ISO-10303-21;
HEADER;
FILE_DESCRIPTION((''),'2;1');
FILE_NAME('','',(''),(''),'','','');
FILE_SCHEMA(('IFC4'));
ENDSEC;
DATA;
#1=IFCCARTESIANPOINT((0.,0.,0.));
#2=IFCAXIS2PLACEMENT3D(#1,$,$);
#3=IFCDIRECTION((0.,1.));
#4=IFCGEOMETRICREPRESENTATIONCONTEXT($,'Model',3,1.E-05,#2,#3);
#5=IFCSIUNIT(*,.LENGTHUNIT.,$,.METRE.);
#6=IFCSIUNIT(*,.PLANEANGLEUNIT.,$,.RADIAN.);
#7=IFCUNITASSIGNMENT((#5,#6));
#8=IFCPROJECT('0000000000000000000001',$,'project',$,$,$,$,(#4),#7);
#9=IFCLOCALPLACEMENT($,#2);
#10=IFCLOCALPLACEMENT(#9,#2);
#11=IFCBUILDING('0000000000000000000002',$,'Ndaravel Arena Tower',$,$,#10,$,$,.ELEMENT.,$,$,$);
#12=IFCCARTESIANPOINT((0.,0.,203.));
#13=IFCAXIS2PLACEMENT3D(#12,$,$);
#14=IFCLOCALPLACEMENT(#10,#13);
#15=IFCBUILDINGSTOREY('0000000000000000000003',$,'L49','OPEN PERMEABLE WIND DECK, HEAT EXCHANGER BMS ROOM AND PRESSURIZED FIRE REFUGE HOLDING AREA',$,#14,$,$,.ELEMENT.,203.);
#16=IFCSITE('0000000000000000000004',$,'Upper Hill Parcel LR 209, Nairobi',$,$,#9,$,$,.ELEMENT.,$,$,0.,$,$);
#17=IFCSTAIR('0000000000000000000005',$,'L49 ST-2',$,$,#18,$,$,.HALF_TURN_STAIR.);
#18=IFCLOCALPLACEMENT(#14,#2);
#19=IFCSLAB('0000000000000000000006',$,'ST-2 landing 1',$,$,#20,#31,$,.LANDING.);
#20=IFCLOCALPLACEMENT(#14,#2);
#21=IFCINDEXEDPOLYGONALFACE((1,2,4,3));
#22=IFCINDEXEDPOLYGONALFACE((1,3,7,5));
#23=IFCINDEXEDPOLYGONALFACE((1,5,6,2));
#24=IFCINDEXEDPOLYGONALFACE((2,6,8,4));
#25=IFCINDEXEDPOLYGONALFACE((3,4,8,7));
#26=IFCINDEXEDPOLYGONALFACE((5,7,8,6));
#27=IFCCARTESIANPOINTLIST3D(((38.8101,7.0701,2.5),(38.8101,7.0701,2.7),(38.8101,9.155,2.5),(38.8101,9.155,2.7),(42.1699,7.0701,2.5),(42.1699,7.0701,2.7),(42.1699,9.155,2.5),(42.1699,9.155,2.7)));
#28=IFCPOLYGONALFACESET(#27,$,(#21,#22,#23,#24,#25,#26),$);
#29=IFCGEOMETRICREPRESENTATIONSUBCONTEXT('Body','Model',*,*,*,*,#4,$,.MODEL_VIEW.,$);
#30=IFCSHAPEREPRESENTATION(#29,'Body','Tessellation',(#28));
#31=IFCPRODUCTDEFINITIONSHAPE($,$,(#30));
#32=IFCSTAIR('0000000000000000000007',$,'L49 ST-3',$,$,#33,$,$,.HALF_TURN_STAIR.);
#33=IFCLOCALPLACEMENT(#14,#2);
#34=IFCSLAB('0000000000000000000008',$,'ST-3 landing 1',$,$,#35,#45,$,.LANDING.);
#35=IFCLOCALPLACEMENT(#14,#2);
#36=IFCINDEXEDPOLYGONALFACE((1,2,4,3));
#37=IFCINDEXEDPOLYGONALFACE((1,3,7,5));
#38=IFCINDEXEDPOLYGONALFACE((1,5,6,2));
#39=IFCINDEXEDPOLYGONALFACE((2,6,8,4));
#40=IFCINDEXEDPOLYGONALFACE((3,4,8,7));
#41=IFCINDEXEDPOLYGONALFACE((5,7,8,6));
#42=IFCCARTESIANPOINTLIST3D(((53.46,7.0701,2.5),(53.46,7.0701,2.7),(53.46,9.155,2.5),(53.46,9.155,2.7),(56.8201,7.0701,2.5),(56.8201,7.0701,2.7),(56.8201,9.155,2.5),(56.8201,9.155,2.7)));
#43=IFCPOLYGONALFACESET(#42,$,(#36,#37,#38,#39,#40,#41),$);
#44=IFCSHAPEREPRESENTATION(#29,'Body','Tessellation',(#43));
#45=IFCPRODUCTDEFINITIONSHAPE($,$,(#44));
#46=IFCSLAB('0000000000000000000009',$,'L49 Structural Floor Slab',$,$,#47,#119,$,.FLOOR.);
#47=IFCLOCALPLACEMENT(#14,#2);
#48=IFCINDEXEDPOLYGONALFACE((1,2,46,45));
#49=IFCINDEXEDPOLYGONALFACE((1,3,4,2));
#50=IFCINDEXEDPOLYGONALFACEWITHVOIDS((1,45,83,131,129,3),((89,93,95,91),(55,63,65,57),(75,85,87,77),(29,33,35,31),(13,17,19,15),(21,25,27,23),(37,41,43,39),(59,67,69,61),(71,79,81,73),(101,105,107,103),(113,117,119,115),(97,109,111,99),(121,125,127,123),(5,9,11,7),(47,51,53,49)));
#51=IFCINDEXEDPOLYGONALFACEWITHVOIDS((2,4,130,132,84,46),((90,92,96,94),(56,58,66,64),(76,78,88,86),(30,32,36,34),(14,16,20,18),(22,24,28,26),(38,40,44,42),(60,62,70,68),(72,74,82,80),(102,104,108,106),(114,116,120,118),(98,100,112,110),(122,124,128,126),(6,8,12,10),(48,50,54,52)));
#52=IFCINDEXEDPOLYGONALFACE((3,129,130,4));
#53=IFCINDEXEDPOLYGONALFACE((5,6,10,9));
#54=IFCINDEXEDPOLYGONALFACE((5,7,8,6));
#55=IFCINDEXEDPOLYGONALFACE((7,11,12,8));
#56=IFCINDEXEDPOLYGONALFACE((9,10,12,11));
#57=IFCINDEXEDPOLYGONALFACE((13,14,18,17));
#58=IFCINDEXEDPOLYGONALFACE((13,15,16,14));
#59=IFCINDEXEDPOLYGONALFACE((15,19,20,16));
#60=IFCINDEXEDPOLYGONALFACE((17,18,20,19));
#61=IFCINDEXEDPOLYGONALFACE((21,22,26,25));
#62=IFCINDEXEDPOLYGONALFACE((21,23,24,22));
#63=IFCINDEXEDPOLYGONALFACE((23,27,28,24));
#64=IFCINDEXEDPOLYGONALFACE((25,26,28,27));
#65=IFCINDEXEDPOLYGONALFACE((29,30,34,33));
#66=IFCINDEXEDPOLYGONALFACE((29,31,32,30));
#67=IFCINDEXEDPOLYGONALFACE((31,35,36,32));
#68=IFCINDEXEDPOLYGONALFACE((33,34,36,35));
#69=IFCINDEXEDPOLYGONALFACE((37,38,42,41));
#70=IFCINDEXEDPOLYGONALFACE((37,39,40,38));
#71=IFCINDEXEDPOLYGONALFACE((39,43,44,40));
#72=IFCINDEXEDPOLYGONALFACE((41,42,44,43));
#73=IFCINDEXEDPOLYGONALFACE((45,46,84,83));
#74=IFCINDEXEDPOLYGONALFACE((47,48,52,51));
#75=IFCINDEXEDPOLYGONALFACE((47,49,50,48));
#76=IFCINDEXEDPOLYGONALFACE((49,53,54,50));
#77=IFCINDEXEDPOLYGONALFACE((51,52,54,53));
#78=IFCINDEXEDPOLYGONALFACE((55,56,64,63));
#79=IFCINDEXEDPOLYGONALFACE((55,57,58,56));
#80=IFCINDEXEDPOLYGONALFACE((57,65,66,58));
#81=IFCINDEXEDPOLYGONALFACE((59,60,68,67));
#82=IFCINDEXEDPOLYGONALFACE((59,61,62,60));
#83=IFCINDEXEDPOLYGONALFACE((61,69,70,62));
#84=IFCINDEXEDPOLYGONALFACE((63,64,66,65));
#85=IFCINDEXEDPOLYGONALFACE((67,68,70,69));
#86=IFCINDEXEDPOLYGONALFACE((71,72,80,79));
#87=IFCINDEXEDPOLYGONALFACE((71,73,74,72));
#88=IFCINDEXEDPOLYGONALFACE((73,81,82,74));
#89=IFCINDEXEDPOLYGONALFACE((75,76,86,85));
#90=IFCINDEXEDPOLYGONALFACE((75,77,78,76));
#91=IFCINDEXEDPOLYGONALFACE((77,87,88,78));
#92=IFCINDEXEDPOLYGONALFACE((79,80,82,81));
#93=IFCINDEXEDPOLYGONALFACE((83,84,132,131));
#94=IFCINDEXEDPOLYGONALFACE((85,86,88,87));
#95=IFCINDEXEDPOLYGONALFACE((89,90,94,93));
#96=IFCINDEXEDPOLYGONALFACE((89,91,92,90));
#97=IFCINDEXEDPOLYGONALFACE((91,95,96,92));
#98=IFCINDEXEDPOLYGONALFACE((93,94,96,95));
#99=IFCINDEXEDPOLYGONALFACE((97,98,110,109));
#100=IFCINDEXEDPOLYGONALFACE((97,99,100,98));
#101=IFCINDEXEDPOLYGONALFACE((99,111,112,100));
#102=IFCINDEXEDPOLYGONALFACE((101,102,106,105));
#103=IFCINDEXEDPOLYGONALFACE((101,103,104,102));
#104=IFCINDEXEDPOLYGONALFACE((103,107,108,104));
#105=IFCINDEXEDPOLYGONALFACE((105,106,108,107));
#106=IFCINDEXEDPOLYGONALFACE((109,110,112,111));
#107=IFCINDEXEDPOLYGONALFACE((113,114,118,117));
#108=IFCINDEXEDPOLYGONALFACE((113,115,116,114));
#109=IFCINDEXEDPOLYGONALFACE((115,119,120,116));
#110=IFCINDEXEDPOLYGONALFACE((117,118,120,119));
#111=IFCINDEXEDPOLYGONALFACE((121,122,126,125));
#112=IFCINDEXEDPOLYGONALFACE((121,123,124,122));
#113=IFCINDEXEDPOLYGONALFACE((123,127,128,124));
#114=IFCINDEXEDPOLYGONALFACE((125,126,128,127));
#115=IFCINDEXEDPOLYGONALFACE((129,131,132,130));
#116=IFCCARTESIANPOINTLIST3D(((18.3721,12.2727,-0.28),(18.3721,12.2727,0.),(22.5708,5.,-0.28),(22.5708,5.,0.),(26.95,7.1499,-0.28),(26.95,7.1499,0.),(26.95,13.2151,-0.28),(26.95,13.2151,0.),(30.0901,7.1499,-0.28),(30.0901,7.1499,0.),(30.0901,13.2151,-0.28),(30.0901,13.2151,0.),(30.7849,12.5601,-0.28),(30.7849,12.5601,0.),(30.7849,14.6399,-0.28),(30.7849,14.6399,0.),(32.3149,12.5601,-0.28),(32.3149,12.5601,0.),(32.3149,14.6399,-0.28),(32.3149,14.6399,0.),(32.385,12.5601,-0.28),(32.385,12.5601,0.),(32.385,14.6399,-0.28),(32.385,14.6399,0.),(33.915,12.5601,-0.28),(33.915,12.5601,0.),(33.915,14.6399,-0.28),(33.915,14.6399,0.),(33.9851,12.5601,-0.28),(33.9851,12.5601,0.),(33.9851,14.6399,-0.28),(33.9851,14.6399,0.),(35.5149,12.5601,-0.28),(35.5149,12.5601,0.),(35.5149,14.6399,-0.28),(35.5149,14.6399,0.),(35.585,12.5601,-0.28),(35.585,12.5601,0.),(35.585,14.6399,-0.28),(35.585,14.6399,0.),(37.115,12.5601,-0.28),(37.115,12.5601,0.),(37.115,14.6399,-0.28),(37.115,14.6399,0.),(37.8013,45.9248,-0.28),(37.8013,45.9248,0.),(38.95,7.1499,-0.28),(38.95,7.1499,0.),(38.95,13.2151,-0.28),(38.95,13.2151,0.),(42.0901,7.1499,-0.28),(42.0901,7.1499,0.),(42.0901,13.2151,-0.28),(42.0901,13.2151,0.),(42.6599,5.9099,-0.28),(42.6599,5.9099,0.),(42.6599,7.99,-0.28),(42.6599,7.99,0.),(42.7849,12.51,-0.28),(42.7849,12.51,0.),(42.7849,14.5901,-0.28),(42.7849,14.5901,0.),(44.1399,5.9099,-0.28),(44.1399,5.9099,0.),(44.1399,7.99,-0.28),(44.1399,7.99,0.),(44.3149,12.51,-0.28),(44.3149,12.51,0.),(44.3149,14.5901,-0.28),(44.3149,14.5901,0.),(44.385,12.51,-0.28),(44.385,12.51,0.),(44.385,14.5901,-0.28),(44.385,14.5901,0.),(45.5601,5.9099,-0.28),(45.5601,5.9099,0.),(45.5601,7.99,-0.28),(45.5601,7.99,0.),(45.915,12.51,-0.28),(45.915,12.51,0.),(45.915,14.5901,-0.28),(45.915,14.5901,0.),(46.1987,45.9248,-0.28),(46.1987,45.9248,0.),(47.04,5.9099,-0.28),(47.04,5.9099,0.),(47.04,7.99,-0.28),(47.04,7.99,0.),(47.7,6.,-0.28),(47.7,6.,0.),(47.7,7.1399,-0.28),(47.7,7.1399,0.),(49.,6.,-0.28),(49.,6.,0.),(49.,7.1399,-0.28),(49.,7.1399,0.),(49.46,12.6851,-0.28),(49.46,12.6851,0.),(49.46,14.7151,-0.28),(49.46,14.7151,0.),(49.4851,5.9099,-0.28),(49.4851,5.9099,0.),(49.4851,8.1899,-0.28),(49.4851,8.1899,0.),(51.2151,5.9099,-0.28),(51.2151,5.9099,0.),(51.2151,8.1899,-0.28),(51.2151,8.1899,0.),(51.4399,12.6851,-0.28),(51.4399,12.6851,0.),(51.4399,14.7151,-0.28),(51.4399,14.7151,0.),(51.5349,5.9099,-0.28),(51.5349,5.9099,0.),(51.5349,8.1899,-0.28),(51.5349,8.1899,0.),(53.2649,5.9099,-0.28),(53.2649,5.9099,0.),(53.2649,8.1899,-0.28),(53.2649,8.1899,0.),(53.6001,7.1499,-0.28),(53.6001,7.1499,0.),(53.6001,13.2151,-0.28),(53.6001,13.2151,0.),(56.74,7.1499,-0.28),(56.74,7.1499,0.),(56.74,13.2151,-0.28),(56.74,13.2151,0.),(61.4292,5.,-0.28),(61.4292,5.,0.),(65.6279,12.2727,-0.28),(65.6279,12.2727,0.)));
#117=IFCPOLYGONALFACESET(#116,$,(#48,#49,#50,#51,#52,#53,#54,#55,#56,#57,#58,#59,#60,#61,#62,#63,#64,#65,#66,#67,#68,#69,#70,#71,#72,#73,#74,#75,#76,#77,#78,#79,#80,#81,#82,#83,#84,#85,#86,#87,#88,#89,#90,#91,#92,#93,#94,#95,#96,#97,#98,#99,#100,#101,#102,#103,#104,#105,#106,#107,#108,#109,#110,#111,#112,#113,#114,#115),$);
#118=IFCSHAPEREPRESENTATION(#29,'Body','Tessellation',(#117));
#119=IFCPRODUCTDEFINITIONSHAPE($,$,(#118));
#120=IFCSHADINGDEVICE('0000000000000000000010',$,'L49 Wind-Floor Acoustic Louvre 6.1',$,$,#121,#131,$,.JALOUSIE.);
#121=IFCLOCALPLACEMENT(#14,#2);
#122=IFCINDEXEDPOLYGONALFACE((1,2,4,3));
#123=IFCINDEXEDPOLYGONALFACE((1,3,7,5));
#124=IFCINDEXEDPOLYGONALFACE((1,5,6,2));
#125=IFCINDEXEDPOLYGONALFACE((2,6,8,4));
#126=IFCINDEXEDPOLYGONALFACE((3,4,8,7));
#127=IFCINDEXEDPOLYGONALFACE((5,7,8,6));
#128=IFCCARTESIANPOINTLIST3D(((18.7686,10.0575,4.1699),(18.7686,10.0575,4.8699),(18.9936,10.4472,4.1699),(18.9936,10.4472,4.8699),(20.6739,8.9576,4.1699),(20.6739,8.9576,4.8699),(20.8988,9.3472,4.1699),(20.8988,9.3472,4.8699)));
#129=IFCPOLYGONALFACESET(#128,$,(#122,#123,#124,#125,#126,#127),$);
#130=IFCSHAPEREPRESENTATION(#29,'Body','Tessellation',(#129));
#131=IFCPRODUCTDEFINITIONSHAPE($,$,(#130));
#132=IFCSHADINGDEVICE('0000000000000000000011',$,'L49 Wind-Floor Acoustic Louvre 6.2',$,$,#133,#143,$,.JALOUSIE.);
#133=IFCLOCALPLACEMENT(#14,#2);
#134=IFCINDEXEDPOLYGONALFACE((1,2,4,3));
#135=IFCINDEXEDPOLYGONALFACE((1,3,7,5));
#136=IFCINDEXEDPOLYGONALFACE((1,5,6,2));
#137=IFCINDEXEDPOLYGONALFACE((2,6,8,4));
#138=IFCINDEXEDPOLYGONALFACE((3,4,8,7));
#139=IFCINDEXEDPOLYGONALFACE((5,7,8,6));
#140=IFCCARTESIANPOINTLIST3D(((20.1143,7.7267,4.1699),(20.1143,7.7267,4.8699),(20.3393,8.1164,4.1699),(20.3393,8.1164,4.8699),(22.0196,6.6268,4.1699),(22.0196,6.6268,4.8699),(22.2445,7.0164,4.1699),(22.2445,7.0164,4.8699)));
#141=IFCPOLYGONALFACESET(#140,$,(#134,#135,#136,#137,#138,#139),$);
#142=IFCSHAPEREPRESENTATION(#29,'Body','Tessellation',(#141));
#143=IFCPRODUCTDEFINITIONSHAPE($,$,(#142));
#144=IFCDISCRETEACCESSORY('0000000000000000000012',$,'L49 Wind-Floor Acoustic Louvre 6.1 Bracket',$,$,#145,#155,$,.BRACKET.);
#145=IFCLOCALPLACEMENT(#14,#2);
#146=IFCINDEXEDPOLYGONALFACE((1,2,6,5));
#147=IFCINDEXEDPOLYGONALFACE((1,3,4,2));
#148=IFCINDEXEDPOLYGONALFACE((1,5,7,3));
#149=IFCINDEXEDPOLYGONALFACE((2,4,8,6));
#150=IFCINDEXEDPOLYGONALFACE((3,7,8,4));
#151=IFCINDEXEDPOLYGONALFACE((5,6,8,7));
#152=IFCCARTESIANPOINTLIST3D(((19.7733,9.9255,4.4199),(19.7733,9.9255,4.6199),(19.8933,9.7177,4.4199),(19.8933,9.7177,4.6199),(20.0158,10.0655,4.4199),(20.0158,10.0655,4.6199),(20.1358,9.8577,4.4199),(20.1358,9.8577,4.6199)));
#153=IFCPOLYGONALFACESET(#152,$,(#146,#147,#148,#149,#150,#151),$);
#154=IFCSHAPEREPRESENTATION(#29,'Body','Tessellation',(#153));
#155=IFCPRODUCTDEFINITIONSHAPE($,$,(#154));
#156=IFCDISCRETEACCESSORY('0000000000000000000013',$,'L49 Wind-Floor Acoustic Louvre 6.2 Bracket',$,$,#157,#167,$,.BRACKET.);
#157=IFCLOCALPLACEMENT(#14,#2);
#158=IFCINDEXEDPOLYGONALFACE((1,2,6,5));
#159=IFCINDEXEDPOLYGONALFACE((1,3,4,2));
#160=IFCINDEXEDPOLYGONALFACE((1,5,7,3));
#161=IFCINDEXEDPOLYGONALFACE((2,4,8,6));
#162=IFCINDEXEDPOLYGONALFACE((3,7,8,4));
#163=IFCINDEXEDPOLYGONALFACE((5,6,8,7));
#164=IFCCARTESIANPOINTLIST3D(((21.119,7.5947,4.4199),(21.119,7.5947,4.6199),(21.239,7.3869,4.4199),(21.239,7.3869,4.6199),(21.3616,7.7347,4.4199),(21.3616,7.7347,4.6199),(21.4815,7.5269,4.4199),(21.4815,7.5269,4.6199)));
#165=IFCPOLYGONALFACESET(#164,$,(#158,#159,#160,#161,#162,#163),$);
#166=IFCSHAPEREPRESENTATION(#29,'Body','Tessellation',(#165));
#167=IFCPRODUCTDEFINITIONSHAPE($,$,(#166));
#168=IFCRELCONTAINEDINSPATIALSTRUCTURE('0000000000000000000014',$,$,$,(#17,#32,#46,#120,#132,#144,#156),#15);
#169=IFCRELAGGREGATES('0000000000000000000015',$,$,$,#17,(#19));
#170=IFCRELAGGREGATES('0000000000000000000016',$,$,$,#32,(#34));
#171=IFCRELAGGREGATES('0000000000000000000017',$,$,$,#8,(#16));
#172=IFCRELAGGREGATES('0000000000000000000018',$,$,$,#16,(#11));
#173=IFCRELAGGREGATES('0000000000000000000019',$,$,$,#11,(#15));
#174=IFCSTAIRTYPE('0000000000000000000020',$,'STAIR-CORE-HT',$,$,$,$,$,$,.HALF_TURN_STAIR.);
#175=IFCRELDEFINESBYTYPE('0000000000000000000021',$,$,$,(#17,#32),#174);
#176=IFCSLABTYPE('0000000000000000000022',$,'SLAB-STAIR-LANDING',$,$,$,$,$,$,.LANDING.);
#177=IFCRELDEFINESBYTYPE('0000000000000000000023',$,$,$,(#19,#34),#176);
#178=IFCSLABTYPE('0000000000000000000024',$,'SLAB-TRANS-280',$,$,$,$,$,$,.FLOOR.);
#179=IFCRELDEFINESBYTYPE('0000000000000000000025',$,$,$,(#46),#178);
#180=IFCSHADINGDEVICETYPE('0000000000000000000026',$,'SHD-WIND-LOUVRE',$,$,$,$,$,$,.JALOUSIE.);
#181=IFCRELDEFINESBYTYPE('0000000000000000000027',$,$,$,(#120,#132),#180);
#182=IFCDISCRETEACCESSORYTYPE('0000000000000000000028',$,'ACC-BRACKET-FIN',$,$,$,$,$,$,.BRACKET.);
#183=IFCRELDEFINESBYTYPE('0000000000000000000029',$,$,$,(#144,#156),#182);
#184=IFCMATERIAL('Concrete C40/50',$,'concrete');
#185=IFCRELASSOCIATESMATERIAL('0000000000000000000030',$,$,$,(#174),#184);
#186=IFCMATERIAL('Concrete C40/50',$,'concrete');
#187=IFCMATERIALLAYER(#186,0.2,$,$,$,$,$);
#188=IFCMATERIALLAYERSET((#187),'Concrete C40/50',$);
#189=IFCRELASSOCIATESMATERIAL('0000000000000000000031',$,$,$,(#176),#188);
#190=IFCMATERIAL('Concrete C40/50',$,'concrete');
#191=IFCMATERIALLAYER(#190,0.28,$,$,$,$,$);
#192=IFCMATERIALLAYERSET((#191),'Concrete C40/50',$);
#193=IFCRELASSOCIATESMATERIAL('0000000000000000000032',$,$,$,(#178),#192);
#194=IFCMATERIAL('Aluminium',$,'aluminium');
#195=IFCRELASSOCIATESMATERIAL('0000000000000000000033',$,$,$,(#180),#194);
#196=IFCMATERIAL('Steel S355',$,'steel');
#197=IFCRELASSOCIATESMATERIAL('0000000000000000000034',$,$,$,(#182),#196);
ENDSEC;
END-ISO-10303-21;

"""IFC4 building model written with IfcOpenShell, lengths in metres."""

from ifc_helpers import new_model, si_unit, direction, frame, origin, origin_2d, place, context, subcontext, project, spatial, polyline, rectangle, outline, extrude, material, layer, layer_set, type_object, element, aggregate, save


model = new_model("IFC4")

# Units and contexts
model_context = context("Model", 3, precision=1e-05, world=origin(), true_north=direction((0.0, 1.0)))
body_context = subcontext(model_context, "Body", "Model", "MODEL_VIEW")
ifc_project = project(units=[si_unit("LENGTHUNIT", "METRE"), si_unit("PLANEANGLEUNIT", "RADIAN")], contexts=[model_context])

# Site, building, storey
site_placement = place(None, origin())
site = spatial("IfcSite", under=ifc_project, at=site_placement, Name="Upper Hill Parcel LR 209, Nairobi", CompositionType="ELEMENT", RefElevation=0.0)
building_placement = place(site_placement, origin())
building = spatial("IfcBuilding", under=site, at=building_placement, Name="Ndaravel Arena Tower", CompositionType="ELEMENT")
storey_placement = place(building_placement, frame((0.0, 0.0, 203.0)))
storey = spatial("IfcBuildingStorey", under=building, at=storey_placement, Name="L49", Description="OPEN PERMEABLE WIND DECK, HEAT EXCHANGER BMS ROOM AND PRESSURIZED FIRE REFUGE HOLDING AREA", CompositionType="ELEMENT", Elevation=203.0)

# Stairs, slabs
ifc_material_1 = material(Name="Concrete C40/50", Category="concrete")
stair_type = type_object("IfcStairType", Name="STAIR-CORE-HT", PredefinedType="HALF_TURN_STAIR", material=ifc_material_1)
ifc_material_2 = material(Name="Concrete C40/50", Category="concrete")
ifc_layer_1 = layer(ifc_material_2, 0.2)
ifc_layer_set_1 = layer_set([ifc_layer_1], Name="Concrete C40/50")
slab_type_1 = type_object("IfcSlabType", Name="SLAB-STAIR-LANDING", PredefinedType="LANDING", material=ifc_layer_set_1)
stair_1_placement = place(storey_placement, origin())
stair_1 = element("IfcStair", 1, at=stair_1_placement, inside=storey, type_object=stair_type, Name="L49 ST-2", PredefinedType="HALF_TURN_STAIR")
slab_1_placement = place(storey_placement, frame((0.0, 0.0, 2.5)))
slab_1 = element("IfcSlab", 2, at=slab_1_placement, type_object=slab_type_1, Name="ST-2 landing 1", PredefinedType="LANDING", context=body_context, shape_type="SweptSolid", body=[
    extrude(outline(polyline([(38.8101, 9.155), (38.8101, 7.0701), (42.1699, 7.0701), (42.1699, 9.155), (38.8101, 9.155)])), origin(), (0.0, 0.0, 1.0), 0.2),
])
aggregate(stair_1, [slab_1])
stair_2_placement = place(storey_placement, origin())
stair_2 = element("IfcStair", 3, at=stair_2_placement, inside=storey, type_object=stair_type, Name="L49 ST-3", PredefinedType="HALF_TURN_STAIR")
slab_2_placement = place(storey_placement, frame((0.0, 0.0, 2.5)))
slab_2 = element("IfcSlab", 4, at=slab_2_placement, type_object=slab_type_1, Name="ST-3 landing 1", PredefinedType="LANDING", context=body_context, shape_type="SweptSolid", body=[
    extrude(outline(polyline([(53.46, 9.155), (53.46, 7.0701), (56.8201, 7.0701), (56.8201, 9.155), (53.46, 9.155)])), origin(), (0.0, 0.0, 1.0), 0.2),
])
aggregate(stair_2, [slab_2])

# Slab
ifc_material_3 = material(Name="Concrete C40/50", Category="concrete")
ifc_layer_2 = layer(ifc_material_3, 0.28)
ifc_layer_set_2 = layer_set([ifc_layer_2], Name="Concrete C40/50")
slab_type_2 = type_object("IfcSlabType", Name="SLAB-TRANS-280", PredefinedType="FLOOR", material=ifc_layer_set_2)
slab_3_placement = place(storey_placement, frame((0.0, 0.0, -0.28)))
element("IfcSlab", 5, at=slab_3_placement, inside=storey, type_object=slab_type_2, Name="L49 Structural Floor Slab", PredefinedType="FLOOR", context=body_context, shape_type="SweptSolid", body=[
    extrude(outline(polyline([(18.3721, 12.2727), (22.5708, 5.0), (61.4292, 5.0), (65.6279, 12.2727), (46.1987, 45.9248), (37.8013, 45.9248), (18.3721, 12.2727)]), holes=[polyline([(26.95, 13.2151), (26.95, 7.1499), (30.0901, 7.1499), (30.0901, 13.2151), (26.95, 13.2151)]), polyline([(38.95, 13.2151), (38.95, 7.1499), (42.0901, 7.1499), (42.0901, 13.2151), (38.95, 13.2151)]), polyline([(53.6001, 13.2151), (53.6001, 7.1499), (56.74, 7.1499), (56.74, 13.2151), (53.6001, 13.2151)]), polyline([(30.7849, 12.5601), (32.3149, 12.5601), (32.3149, 14.6399), (30.7849, 14.6399), (30.7849, 12.5601)]), polyline([(32.385, 12.5601), (33.915, 12.5601), (33.915, 14.6399), (32.385, 14.6399), (32.385, 12.5601)]), polyline([(33.9851, 12.5601), (35.5149, 12.5601), (35.5149, 14.6399), (33.9851, 14.6399), (33.9851, 12.5601)]), polyline([(35.585, 12.5601), (37.115, 12.5601), (37.115, 14.6399), (35.585, 14.6399), (35.585, 12.5601)]), polyline([(42.6599, 5.9099), (44.1399, 5.9099), (44.1399, 7.99), (42.6599, 7.99), (42.6599, 5.9099)]), polyline([(45.5601, 5.9099), (47.04, 5.9099), (47.04, 7.99), (45.5601, 7.99), (45.5601, 5.9099)]), polyline([(42.7849, 12.51), (44.3149, 12.51), (44.3149, 14.5901), (42.7849, 14.5901), (42.7849, 12.51)]), polyline([(44.385, 12.51), (45.915, 12.51), (45.915, 14.5901), (44.385, 14.5901), (44.385, 12.51)]), polyline([(49.4851, 5.9099), (51.2151, 5.9099), (51.2151, 8.1899), (49.4851, 8.1899), (49.4851, 5.9099)]), polyline([(51.5349, 5.9099), (53.2649, 5.9099), (53.2649, 8.1899), (51.5349, 8.1899), (51.5349, 5.9099)]), polyline([(49.46, 12.6851), (51.4399, 12.6851), (51.4399, 14.7151), (49.46, 14.7151), (49.46, 12.6851)]), polyline([(47.7, 6.0), (49.0, 6.0), (49.0, 7.1399), (47.7, 7.1399), (47.7, 6.0)])]), origin(), (0.0, 0.0, 1.0), 0.28),
])

# Shading devices
ifc_material_4 = material(Name="Aluminium", Category="aluminium")
shading_device_type = type_object("IfcShadingDeviceType", Name="SHD-WIND-LOUVRE", PredefinedType="JALOUSIE", material=ifc_material_4)
for number, where, z_axis, x_axis, name in (
    (6, (19.8337, 9.7024, 4.1699), (0.0, 0.0, 1.0), (-0.5, -0.866025, 0.0), "L49 Wind-Floor Acoustic Louvre 6.1"),
    (7, (21.1794, 7.3716, 4.1699), (0.0, 0.0, 1.0), (-0.5, -0.866025, 0.0), "L49 Wind-Floor Acoustic Louvre 6.2"),
):
    element("IfcShadingDevice", number, at=place(storey_placement, frame(where, z_axis=z_axis, x_axis=x_axis)), inside=storey, type_object=shading_device_type, Name=name, PredefinedType="JALOUSIE", context=body_context, shape_type="SweptSolid", body=[
        extrude(rectangle(XDim=0.45, YDim=2.2, at=origin_2d()), origin(), (0.0, 0.0, 1.0), 0.7),
    ])

# Discrete accessories
ifc_material_5 = material(Name="Steel S355", Category="steel")
discrete_accessory_type = type_object("IfcDiscreteAccessoryType", Name="ACC-BRACKET-FIN", PredefinedType="BRACKET", material=ifc_material_5)
for number, where, z_axis, x_axis, name in (
    (8, (19.9546, 9.8916, 4.4199), (0.0, 0.0, 1.0), (-0.866025, -0.5, 0.0), "L49 Wind-Floor Acoustic Louvre 6.1 Bracket"),
    (9, (21.3003, 7.5608, 4.4199), (0.0, 0.0, 1.0), (-0.866025, -0.5, 0.0), "L49 Wind-Floor Acoustic Louvre 6.2 Bracket"),
):
    element("IfcDiscreteAccessory", number, at=place(storey_placement, frame(where, z_axis=z_axis, x_axis=x_axis)), inside=storey, type_object=discrete_accessory_type, Name=name, PredefinedType="BRACKET", context=body_context, shape_type="SweptSolid", body=[
        extrude(rectangle(XDim=0.28, YDim=0.24, at=origin_2d()), origin(), (0.0, 0.0, 1.0), 0.2),
    ])

save(model, "model.ifc")
